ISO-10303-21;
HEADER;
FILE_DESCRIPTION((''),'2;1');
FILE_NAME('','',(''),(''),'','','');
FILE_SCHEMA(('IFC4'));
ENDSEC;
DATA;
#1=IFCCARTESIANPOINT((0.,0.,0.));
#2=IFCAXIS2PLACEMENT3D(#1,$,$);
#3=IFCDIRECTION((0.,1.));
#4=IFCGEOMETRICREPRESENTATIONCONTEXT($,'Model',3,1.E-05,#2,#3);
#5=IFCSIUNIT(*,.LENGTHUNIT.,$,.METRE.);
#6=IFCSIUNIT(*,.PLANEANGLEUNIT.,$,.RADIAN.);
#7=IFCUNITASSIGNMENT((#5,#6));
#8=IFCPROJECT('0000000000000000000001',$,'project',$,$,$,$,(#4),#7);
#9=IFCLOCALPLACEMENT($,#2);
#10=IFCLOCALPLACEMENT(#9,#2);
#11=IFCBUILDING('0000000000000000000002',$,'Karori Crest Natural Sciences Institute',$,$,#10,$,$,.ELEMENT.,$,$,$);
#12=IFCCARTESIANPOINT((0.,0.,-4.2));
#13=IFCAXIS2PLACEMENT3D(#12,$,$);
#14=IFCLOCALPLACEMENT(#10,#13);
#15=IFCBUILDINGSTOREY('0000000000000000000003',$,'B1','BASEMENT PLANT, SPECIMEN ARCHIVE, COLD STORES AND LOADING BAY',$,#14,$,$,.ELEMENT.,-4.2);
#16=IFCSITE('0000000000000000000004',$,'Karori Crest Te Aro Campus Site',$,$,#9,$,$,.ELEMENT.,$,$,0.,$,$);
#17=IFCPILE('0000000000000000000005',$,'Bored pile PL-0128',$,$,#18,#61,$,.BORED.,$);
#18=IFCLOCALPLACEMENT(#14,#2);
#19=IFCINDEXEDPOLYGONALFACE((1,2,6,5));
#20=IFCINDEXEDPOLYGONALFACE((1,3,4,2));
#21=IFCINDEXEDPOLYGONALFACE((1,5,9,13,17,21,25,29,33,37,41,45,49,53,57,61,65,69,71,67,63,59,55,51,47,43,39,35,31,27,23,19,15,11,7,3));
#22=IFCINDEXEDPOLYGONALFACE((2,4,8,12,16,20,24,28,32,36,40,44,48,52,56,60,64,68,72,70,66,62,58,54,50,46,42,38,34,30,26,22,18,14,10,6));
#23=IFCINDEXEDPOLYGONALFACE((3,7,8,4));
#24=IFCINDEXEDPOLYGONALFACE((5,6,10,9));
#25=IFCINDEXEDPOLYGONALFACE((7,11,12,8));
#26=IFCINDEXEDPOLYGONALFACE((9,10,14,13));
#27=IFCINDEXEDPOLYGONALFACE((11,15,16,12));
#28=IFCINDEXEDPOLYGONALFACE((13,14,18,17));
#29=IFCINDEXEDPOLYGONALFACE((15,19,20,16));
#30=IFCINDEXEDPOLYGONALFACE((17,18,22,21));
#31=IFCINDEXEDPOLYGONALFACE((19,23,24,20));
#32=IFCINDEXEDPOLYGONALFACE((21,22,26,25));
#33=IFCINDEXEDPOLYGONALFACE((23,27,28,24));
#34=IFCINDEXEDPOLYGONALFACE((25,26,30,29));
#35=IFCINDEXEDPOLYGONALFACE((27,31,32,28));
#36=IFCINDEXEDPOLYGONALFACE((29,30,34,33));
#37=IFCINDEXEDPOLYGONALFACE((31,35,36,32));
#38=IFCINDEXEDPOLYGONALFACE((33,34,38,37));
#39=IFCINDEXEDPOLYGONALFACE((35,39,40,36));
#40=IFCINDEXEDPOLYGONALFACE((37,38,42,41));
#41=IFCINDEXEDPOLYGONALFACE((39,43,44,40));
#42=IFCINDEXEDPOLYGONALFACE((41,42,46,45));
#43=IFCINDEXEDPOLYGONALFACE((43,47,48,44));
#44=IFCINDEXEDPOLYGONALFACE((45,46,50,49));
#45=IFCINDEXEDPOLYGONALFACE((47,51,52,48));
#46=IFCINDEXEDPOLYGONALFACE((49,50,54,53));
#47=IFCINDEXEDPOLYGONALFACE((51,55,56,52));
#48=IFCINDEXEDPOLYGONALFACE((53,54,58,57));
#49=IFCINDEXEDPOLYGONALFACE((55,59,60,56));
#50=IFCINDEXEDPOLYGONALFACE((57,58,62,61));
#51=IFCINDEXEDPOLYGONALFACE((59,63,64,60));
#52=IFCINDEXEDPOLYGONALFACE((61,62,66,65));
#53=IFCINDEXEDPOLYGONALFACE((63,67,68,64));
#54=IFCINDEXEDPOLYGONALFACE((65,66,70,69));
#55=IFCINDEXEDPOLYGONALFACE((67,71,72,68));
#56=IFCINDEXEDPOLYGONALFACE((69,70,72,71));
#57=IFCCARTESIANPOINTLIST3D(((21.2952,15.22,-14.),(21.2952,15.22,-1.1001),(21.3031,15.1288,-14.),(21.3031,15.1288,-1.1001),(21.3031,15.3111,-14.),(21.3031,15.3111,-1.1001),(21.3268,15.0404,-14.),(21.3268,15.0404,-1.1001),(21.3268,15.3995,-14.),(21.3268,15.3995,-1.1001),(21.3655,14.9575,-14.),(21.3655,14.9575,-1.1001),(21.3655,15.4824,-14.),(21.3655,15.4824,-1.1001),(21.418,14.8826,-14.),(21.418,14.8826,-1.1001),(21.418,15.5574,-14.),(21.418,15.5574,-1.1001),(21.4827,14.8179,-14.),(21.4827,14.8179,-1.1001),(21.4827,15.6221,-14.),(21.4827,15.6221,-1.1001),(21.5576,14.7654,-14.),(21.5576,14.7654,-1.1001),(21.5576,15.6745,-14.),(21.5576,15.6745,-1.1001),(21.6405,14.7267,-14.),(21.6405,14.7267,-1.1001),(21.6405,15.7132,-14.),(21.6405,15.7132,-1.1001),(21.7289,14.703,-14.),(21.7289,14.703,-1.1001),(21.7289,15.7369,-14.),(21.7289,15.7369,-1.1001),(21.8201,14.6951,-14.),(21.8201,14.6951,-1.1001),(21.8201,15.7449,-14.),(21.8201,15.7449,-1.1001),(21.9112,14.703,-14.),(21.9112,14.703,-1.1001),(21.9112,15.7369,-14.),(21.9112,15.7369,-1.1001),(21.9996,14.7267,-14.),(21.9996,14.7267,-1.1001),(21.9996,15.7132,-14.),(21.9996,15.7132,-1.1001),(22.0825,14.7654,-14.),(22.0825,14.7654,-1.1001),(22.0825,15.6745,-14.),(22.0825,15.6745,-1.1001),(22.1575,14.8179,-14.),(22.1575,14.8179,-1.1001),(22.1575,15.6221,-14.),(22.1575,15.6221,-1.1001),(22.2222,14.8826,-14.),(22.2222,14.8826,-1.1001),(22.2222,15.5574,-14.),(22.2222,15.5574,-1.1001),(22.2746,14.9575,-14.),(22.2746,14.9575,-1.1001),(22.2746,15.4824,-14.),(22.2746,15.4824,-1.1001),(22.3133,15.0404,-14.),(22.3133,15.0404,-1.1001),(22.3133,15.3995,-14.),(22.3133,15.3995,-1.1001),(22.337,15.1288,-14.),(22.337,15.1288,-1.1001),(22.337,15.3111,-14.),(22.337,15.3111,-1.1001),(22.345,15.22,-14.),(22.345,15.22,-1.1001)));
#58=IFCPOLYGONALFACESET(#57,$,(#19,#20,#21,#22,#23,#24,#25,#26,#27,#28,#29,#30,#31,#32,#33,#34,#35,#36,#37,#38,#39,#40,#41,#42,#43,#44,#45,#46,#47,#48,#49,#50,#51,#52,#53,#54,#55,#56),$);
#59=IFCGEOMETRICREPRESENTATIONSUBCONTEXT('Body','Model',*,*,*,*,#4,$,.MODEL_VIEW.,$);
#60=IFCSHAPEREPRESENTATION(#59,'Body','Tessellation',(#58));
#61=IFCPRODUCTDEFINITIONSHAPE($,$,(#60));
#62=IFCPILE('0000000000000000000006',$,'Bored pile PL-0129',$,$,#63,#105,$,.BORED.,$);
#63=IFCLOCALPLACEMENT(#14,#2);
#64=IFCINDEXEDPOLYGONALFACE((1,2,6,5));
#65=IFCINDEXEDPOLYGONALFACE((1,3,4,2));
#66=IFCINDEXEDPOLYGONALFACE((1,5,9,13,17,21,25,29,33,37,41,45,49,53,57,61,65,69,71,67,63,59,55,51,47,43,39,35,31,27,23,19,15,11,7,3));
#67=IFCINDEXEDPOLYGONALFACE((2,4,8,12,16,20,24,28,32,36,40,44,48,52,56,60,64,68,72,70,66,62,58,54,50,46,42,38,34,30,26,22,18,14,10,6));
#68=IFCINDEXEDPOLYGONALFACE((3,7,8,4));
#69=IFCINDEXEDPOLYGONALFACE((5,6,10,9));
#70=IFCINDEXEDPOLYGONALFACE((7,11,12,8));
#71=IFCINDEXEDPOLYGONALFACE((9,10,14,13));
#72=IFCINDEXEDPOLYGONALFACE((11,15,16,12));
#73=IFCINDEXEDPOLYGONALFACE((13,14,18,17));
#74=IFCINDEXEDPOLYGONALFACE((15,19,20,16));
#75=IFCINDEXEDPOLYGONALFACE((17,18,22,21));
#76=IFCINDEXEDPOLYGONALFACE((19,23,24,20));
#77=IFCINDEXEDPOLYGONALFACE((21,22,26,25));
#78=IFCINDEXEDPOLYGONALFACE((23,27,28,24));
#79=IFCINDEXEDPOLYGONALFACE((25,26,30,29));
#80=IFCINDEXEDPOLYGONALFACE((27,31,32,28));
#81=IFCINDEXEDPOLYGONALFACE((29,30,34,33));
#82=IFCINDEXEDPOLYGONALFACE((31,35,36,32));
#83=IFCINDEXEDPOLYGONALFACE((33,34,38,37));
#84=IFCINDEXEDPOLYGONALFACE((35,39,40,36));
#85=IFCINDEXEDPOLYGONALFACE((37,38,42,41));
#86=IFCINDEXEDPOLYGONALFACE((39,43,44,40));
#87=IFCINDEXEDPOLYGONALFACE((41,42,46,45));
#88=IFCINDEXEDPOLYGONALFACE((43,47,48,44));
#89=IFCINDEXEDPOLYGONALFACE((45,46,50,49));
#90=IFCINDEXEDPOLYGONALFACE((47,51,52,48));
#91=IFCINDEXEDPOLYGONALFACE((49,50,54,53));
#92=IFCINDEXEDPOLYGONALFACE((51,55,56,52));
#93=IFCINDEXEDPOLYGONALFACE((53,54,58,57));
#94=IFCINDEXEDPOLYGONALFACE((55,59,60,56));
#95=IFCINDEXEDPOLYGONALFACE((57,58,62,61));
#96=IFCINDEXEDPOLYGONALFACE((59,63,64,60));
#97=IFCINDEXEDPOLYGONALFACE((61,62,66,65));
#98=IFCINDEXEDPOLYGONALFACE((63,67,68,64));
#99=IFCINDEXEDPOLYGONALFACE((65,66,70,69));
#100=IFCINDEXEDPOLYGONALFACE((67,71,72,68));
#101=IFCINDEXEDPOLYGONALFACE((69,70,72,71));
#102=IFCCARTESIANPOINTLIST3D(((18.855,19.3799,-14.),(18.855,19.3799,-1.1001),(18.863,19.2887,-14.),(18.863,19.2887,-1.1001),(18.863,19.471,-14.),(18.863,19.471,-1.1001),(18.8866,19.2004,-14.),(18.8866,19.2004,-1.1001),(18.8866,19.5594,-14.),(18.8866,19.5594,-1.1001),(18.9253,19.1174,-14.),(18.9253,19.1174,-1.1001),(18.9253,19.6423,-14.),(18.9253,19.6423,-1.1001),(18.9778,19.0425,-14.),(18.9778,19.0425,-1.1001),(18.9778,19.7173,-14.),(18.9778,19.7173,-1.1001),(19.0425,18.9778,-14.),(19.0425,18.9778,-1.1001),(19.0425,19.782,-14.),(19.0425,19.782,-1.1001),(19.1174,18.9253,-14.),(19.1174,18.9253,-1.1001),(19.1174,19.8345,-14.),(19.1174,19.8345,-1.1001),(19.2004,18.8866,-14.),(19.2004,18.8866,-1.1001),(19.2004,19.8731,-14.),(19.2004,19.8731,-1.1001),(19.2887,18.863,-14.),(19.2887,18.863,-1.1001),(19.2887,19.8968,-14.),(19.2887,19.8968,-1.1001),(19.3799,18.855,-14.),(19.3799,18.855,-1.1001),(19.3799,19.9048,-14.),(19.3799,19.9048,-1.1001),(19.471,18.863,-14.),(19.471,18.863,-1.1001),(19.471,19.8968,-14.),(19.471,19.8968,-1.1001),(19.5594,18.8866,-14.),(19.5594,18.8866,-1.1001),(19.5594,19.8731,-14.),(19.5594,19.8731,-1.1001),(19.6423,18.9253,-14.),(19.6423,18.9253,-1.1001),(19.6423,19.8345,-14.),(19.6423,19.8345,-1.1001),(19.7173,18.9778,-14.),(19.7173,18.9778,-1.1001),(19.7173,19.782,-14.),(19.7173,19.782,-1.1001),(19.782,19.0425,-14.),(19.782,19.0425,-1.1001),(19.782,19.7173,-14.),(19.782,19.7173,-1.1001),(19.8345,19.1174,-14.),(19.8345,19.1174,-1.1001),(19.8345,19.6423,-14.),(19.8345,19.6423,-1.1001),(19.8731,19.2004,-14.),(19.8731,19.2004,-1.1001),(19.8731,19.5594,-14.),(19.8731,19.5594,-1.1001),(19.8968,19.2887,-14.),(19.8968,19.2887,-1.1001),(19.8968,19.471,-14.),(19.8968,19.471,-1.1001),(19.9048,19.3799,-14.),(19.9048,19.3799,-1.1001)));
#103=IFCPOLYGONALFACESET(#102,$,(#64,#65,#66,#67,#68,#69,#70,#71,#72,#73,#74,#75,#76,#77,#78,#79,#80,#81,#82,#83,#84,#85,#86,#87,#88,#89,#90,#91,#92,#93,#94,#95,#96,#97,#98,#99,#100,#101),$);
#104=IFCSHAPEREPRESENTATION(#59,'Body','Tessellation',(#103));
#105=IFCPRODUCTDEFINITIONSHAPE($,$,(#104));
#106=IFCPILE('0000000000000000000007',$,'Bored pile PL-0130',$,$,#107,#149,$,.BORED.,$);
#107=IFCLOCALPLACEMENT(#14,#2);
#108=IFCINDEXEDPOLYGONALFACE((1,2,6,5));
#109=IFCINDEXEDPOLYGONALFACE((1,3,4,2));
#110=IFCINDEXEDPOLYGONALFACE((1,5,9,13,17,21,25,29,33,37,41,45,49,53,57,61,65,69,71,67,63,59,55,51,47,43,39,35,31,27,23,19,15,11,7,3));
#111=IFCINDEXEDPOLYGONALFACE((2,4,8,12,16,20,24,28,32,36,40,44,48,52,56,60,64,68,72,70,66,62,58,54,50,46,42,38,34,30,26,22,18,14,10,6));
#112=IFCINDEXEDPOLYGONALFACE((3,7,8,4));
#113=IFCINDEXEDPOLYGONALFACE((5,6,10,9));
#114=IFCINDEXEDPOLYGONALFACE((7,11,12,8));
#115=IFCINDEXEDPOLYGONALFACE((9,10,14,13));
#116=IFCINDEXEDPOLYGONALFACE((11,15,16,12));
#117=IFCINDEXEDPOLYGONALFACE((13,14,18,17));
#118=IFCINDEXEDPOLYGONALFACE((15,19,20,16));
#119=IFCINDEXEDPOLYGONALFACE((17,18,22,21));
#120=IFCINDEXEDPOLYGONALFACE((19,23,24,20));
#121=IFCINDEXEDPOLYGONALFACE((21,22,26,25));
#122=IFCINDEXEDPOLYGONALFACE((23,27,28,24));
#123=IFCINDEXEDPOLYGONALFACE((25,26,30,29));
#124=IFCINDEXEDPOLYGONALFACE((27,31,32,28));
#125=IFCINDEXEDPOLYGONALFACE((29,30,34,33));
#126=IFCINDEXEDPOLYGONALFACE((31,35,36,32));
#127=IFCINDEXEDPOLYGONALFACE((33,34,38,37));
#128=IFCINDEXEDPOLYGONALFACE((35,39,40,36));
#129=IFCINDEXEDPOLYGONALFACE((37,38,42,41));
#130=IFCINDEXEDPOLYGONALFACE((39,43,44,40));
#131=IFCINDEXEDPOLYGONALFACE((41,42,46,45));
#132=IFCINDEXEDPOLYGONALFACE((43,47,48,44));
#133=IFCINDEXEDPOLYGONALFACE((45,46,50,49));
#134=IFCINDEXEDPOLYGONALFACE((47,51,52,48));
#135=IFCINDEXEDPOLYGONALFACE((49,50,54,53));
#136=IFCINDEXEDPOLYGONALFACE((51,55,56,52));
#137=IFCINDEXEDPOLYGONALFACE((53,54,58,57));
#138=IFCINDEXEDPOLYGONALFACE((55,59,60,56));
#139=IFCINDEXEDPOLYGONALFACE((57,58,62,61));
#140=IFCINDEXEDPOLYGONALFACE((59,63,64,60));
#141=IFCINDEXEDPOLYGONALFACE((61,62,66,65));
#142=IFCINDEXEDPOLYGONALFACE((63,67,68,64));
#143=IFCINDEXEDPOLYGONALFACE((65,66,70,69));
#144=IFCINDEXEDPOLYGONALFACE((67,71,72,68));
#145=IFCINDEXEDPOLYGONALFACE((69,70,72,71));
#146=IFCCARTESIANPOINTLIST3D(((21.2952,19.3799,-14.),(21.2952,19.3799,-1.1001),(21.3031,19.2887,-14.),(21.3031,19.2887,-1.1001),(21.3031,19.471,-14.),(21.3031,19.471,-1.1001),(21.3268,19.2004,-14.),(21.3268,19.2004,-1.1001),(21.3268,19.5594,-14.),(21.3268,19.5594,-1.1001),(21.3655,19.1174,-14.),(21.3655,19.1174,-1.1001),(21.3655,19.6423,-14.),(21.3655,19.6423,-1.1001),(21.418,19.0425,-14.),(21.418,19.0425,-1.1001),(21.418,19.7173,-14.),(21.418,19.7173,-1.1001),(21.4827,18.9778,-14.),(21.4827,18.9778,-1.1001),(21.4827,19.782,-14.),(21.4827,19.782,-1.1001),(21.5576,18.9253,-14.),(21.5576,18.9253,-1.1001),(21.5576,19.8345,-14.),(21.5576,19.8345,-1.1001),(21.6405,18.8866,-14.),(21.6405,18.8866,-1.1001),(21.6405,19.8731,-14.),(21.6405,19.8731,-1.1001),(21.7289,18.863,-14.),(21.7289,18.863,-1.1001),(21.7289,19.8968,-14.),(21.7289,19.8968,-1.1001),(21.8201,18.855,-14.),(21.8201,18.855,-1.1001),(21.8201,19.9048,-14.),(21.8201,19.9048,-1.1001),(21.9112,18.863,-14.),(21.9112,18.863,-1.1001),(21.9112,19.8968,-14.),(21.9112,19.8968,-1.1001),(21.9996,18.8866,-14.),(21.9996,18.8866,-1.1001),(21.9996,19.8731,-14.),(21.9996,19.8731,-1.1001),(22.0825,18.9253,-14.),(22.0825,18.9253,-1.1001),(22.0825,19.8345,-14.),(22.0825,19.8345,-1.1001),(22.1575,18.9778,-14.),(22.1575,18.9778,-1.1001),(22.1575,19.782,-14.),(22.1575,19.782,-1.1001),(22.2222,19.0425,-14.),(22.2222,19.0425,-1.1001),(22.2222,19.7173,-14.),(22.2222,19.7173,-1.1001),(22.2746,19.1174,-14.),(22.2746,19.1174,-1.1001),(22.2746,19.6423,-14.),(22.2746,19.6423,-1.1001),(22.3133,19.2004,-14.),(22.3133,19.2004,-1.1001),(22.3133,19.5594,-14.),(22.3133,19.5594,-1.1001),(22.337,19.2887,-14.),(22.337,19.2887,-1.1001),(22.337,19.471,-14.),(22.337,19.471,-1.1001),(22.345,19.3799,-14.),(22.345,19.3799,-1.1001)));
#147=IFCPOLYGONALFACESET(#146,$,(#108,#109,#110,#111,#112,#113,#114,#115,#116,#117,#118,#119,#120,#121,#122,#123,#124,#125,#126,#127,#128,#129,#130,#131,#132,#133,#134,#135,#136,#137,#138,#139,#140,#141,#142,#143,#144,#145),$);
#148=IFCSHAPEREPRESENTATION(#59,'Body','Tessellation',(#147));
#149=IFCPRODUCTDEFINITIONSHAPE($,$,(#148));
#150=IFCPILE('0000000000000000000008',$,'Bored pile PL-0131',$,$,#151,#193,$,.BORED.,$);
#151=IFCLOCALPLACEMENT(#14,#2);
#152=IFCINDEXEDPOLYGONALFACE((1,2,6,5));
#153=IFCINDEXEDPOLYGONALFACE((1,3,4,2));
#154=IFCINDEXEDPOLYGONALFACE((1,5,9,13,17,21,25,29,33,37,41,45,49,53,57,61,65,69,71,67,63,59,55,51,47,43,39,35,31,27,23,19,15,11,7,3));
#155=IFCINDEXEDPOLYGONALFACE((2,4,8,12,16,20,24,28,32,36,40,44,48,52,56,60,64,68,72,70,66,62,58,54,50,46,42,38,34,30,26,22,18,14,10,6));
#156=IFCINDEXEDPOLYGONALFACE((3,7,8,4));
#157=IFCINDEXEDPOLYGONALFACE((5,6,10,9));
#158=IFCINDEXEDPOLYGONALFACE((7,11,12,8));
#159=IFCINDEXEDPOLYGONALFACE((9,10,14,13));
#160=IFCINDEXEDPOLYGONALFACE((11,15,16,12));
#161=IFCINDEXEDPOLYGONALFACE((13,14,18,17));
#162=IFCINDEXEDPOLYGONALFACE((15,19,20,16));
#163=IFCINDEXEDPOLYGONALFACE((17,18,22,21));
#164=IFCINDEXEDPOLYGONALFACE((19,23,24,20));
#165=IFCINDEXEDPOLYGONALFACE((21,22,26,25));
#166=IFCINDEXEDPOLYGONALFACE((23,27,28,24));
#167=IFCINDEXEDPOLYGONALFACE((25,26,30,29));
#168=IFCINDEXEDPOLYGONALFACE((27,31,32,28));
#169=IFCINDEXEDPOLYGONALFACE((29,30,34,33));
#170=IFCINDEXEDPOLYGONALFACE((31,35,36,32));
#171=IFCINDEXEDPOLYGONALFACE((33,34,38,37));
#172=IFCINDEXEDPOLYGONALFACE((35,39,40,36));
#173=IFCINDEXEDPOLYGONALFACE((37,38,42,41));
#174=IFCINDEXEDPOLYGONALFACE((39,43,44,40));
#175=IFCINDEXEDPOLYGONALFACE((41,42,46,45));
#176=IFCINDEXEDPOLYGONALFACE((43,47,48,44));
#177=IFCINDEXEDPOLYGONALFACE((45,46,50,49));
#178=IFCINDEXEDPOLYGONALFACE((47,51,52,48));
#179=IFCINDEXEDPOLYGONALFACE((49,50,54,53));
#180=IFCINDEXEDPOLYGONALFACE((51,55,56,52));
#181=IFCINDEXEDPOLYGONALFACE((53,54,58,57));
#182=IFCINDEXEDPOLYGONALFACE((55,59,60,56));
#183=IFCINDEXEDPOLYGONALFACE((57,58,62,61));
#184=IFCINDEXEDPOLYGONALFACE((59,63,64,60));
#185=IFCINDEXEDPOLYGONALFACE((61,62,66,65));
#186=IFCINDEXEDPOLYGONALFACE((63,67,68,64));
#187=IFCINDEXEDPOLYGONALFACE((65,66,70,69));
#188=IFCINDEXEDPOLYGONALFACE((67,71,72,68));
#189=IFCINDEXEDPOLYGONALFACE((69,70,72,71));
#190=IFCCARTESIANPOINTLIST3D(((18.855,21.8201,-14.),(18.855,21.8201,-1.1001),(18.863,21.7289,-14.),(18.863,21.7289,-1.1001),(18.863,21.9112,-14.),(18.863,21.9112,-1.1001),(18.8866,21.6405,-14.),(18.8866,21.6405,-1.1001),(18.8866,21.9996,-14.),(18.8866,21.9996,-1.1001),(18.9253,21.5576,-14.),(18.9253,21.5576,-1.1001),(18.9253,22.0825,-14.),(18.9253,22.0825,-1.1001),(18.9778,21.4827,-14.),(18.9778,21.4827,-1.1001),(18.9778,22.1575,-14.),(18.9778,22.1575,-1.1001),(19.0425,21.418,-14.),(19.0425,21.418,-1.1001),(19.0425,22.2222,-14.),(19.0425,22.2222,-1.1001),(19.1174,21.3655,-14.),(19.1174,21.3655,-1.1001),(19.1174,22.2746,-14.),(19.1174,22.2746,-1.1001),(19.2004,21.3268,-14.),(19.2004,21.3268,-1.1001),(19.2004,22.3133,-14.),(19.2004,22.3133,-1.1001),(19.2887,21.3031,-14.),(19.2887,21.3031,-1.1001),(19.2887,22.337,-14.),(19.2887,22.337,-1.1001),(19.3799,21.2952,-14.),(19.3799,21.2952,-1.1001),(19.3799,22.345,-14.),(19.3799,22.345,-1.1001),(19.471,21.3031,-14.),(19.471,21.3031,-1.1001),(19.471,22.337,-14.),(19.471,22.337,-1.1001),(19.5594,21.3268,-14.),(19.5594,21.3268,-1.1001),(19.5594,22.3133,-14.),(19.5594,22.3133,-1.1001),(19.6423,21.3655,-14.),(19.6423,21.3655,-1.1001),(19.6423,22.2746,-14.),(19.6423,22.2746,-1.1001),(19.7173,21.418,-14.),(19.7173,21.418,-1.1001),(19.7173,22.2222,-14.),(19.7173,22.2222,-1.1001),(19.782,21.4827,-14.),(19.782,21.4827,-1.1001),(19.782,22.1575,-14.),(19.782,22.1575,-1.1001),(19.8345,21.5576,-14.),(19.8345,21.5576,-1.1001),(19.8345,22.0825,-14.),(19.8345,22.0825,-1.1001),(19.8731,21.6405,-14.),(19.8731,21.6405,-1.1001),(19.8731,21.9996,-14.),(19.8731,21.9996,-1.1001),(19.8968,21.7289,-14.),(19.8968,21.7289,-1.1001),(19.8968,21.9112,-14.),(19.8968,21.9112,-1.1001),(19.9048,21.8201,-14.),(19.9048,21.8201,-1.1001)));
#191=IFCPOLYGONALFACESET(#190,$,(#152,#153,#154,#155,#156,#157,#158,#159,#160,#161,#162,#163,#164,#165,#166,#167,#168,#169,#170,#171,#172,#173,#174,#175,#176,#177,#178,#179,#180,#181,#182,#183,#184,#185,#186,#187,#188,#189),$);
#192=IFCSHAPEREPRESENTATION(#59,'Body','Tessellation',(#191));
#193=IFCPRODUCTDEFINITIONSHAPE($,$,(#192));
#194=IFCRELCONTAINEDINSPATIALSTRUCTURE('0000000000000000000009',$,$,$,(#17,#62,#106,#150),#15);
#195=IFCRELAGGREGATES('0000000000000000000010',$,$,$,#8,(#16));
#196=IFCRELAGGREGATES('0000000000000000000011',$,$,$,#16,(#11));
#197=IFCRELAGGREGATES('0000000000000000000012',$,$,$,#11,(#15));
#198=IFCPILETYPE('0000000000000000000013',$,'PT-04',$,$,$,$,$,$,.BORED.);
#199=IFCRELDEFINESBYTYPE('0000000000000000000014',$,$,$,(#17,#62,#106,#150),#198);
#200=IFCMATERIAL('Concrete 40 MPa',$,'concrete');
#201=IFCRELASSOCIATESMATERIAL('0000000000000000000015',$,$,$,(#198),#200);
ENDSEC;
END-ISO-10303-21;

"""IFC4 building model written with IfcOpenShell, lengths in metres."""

from ifc_helpers import new_model, si_unit, direction, frame, origin, origin_2d, place, context, subcontext, project, spatial, circle, extrude, material, material_profile, profile_set, type_object, element, save


model = new_model("IFC4")

# Units and contexts
model_context = context("Model", 3, precision=1e-05, world=origin(), true_north=direction((0.0, 1.0)))
body_context = subcontext(model_context, "Body", "Model", "MODEL_VIEW")
ifc_project = project(units=[si_unit("LENGTHUNIT", "METRE"), si_unit("PLANEANGLEUNIT", "RADIAN")], contexts=[model_context])

# Site, building, storey
site_placement = place(None, origin())
site = spatial("IfcSite", under=ifc_project, at=site_placement, Name="Karori Crest Te Aro Campus Site", CompositionType="ELEMENT", RefElevation=0.0)
building_placement = place(site_placement, origin())
building = spatial("IfcBuilding", under=site, at=building_placement, Name="Karori Crest Natural Sciences Institute", CompositionType="ELEMENT")
storey_placement = place(building_placement, frame((0.0, 0.0, -4.2)))
storey = spatial("IfcBuildingStorey", under=building, at=storey_placement, Name="B1", Description="BASEMENT PLANT, SPECIMEN ARCHIVE, COLD STORES AND LOADING BAY", CompositionType="ELEMENT", Elevation=-4.2)

# Shared definitions
ifc_material_1 = material(Name="Concrete 40 MPa", Category="concrete")

# Piles
ifc_material_profile_1 = material_profile(ifc_material_1, circle(Radius=0.5249, at=origin_2d()), Name="PILE1050")
ifc_profile_set_1 = profile_set([ifc_material_profile_1], Name="Concrete 40 MPa")
pile_type = type_object("IfcPileType", Name="PT-04", PredefinedType="BORED", material=ifc_profile_set_1)
for number, where, z_axis, x_axis, name in (
    (1, (21.8201, 15.22, -1.1001), (0.0, 0.0, -1.0), (1.0, 0.0, 0.0), "Bored pile PL-0128"),
    (2, (19.3799, 19.3799, -1.1001), (0.0, 0.0, -1.0), (1.0, 0.0, 0.0), "Bored pile PL-0129"),
    (3, (21.8201, 19.3799, -1.1001), (0.0, 0.0, -1.0), (1.0, 0.0, 0.0), "Bored pile PL-0130"),
    (4, (19.3799, 21.8201, -1.1001), (0.0, 0.0, -1.0), (1.0, 0.0, 0.0), "Bored pile PL-0131"),
):
    element("IfcPile", number, at=place(storey_placement, frame(where, z_axis=z_axis, x_axis=x_axis)), inside=storey, type_object=pile_type, Name=name, PredefinedType="BORED", context=body_context, shape_type="SweptSolid", body=[
        extrude(circle(Radius=0.5249, at=origin_2d()), origin(), (0.0, 0.0, 1.0), 12.8999),
    ])

save(model, "model.ifc")
